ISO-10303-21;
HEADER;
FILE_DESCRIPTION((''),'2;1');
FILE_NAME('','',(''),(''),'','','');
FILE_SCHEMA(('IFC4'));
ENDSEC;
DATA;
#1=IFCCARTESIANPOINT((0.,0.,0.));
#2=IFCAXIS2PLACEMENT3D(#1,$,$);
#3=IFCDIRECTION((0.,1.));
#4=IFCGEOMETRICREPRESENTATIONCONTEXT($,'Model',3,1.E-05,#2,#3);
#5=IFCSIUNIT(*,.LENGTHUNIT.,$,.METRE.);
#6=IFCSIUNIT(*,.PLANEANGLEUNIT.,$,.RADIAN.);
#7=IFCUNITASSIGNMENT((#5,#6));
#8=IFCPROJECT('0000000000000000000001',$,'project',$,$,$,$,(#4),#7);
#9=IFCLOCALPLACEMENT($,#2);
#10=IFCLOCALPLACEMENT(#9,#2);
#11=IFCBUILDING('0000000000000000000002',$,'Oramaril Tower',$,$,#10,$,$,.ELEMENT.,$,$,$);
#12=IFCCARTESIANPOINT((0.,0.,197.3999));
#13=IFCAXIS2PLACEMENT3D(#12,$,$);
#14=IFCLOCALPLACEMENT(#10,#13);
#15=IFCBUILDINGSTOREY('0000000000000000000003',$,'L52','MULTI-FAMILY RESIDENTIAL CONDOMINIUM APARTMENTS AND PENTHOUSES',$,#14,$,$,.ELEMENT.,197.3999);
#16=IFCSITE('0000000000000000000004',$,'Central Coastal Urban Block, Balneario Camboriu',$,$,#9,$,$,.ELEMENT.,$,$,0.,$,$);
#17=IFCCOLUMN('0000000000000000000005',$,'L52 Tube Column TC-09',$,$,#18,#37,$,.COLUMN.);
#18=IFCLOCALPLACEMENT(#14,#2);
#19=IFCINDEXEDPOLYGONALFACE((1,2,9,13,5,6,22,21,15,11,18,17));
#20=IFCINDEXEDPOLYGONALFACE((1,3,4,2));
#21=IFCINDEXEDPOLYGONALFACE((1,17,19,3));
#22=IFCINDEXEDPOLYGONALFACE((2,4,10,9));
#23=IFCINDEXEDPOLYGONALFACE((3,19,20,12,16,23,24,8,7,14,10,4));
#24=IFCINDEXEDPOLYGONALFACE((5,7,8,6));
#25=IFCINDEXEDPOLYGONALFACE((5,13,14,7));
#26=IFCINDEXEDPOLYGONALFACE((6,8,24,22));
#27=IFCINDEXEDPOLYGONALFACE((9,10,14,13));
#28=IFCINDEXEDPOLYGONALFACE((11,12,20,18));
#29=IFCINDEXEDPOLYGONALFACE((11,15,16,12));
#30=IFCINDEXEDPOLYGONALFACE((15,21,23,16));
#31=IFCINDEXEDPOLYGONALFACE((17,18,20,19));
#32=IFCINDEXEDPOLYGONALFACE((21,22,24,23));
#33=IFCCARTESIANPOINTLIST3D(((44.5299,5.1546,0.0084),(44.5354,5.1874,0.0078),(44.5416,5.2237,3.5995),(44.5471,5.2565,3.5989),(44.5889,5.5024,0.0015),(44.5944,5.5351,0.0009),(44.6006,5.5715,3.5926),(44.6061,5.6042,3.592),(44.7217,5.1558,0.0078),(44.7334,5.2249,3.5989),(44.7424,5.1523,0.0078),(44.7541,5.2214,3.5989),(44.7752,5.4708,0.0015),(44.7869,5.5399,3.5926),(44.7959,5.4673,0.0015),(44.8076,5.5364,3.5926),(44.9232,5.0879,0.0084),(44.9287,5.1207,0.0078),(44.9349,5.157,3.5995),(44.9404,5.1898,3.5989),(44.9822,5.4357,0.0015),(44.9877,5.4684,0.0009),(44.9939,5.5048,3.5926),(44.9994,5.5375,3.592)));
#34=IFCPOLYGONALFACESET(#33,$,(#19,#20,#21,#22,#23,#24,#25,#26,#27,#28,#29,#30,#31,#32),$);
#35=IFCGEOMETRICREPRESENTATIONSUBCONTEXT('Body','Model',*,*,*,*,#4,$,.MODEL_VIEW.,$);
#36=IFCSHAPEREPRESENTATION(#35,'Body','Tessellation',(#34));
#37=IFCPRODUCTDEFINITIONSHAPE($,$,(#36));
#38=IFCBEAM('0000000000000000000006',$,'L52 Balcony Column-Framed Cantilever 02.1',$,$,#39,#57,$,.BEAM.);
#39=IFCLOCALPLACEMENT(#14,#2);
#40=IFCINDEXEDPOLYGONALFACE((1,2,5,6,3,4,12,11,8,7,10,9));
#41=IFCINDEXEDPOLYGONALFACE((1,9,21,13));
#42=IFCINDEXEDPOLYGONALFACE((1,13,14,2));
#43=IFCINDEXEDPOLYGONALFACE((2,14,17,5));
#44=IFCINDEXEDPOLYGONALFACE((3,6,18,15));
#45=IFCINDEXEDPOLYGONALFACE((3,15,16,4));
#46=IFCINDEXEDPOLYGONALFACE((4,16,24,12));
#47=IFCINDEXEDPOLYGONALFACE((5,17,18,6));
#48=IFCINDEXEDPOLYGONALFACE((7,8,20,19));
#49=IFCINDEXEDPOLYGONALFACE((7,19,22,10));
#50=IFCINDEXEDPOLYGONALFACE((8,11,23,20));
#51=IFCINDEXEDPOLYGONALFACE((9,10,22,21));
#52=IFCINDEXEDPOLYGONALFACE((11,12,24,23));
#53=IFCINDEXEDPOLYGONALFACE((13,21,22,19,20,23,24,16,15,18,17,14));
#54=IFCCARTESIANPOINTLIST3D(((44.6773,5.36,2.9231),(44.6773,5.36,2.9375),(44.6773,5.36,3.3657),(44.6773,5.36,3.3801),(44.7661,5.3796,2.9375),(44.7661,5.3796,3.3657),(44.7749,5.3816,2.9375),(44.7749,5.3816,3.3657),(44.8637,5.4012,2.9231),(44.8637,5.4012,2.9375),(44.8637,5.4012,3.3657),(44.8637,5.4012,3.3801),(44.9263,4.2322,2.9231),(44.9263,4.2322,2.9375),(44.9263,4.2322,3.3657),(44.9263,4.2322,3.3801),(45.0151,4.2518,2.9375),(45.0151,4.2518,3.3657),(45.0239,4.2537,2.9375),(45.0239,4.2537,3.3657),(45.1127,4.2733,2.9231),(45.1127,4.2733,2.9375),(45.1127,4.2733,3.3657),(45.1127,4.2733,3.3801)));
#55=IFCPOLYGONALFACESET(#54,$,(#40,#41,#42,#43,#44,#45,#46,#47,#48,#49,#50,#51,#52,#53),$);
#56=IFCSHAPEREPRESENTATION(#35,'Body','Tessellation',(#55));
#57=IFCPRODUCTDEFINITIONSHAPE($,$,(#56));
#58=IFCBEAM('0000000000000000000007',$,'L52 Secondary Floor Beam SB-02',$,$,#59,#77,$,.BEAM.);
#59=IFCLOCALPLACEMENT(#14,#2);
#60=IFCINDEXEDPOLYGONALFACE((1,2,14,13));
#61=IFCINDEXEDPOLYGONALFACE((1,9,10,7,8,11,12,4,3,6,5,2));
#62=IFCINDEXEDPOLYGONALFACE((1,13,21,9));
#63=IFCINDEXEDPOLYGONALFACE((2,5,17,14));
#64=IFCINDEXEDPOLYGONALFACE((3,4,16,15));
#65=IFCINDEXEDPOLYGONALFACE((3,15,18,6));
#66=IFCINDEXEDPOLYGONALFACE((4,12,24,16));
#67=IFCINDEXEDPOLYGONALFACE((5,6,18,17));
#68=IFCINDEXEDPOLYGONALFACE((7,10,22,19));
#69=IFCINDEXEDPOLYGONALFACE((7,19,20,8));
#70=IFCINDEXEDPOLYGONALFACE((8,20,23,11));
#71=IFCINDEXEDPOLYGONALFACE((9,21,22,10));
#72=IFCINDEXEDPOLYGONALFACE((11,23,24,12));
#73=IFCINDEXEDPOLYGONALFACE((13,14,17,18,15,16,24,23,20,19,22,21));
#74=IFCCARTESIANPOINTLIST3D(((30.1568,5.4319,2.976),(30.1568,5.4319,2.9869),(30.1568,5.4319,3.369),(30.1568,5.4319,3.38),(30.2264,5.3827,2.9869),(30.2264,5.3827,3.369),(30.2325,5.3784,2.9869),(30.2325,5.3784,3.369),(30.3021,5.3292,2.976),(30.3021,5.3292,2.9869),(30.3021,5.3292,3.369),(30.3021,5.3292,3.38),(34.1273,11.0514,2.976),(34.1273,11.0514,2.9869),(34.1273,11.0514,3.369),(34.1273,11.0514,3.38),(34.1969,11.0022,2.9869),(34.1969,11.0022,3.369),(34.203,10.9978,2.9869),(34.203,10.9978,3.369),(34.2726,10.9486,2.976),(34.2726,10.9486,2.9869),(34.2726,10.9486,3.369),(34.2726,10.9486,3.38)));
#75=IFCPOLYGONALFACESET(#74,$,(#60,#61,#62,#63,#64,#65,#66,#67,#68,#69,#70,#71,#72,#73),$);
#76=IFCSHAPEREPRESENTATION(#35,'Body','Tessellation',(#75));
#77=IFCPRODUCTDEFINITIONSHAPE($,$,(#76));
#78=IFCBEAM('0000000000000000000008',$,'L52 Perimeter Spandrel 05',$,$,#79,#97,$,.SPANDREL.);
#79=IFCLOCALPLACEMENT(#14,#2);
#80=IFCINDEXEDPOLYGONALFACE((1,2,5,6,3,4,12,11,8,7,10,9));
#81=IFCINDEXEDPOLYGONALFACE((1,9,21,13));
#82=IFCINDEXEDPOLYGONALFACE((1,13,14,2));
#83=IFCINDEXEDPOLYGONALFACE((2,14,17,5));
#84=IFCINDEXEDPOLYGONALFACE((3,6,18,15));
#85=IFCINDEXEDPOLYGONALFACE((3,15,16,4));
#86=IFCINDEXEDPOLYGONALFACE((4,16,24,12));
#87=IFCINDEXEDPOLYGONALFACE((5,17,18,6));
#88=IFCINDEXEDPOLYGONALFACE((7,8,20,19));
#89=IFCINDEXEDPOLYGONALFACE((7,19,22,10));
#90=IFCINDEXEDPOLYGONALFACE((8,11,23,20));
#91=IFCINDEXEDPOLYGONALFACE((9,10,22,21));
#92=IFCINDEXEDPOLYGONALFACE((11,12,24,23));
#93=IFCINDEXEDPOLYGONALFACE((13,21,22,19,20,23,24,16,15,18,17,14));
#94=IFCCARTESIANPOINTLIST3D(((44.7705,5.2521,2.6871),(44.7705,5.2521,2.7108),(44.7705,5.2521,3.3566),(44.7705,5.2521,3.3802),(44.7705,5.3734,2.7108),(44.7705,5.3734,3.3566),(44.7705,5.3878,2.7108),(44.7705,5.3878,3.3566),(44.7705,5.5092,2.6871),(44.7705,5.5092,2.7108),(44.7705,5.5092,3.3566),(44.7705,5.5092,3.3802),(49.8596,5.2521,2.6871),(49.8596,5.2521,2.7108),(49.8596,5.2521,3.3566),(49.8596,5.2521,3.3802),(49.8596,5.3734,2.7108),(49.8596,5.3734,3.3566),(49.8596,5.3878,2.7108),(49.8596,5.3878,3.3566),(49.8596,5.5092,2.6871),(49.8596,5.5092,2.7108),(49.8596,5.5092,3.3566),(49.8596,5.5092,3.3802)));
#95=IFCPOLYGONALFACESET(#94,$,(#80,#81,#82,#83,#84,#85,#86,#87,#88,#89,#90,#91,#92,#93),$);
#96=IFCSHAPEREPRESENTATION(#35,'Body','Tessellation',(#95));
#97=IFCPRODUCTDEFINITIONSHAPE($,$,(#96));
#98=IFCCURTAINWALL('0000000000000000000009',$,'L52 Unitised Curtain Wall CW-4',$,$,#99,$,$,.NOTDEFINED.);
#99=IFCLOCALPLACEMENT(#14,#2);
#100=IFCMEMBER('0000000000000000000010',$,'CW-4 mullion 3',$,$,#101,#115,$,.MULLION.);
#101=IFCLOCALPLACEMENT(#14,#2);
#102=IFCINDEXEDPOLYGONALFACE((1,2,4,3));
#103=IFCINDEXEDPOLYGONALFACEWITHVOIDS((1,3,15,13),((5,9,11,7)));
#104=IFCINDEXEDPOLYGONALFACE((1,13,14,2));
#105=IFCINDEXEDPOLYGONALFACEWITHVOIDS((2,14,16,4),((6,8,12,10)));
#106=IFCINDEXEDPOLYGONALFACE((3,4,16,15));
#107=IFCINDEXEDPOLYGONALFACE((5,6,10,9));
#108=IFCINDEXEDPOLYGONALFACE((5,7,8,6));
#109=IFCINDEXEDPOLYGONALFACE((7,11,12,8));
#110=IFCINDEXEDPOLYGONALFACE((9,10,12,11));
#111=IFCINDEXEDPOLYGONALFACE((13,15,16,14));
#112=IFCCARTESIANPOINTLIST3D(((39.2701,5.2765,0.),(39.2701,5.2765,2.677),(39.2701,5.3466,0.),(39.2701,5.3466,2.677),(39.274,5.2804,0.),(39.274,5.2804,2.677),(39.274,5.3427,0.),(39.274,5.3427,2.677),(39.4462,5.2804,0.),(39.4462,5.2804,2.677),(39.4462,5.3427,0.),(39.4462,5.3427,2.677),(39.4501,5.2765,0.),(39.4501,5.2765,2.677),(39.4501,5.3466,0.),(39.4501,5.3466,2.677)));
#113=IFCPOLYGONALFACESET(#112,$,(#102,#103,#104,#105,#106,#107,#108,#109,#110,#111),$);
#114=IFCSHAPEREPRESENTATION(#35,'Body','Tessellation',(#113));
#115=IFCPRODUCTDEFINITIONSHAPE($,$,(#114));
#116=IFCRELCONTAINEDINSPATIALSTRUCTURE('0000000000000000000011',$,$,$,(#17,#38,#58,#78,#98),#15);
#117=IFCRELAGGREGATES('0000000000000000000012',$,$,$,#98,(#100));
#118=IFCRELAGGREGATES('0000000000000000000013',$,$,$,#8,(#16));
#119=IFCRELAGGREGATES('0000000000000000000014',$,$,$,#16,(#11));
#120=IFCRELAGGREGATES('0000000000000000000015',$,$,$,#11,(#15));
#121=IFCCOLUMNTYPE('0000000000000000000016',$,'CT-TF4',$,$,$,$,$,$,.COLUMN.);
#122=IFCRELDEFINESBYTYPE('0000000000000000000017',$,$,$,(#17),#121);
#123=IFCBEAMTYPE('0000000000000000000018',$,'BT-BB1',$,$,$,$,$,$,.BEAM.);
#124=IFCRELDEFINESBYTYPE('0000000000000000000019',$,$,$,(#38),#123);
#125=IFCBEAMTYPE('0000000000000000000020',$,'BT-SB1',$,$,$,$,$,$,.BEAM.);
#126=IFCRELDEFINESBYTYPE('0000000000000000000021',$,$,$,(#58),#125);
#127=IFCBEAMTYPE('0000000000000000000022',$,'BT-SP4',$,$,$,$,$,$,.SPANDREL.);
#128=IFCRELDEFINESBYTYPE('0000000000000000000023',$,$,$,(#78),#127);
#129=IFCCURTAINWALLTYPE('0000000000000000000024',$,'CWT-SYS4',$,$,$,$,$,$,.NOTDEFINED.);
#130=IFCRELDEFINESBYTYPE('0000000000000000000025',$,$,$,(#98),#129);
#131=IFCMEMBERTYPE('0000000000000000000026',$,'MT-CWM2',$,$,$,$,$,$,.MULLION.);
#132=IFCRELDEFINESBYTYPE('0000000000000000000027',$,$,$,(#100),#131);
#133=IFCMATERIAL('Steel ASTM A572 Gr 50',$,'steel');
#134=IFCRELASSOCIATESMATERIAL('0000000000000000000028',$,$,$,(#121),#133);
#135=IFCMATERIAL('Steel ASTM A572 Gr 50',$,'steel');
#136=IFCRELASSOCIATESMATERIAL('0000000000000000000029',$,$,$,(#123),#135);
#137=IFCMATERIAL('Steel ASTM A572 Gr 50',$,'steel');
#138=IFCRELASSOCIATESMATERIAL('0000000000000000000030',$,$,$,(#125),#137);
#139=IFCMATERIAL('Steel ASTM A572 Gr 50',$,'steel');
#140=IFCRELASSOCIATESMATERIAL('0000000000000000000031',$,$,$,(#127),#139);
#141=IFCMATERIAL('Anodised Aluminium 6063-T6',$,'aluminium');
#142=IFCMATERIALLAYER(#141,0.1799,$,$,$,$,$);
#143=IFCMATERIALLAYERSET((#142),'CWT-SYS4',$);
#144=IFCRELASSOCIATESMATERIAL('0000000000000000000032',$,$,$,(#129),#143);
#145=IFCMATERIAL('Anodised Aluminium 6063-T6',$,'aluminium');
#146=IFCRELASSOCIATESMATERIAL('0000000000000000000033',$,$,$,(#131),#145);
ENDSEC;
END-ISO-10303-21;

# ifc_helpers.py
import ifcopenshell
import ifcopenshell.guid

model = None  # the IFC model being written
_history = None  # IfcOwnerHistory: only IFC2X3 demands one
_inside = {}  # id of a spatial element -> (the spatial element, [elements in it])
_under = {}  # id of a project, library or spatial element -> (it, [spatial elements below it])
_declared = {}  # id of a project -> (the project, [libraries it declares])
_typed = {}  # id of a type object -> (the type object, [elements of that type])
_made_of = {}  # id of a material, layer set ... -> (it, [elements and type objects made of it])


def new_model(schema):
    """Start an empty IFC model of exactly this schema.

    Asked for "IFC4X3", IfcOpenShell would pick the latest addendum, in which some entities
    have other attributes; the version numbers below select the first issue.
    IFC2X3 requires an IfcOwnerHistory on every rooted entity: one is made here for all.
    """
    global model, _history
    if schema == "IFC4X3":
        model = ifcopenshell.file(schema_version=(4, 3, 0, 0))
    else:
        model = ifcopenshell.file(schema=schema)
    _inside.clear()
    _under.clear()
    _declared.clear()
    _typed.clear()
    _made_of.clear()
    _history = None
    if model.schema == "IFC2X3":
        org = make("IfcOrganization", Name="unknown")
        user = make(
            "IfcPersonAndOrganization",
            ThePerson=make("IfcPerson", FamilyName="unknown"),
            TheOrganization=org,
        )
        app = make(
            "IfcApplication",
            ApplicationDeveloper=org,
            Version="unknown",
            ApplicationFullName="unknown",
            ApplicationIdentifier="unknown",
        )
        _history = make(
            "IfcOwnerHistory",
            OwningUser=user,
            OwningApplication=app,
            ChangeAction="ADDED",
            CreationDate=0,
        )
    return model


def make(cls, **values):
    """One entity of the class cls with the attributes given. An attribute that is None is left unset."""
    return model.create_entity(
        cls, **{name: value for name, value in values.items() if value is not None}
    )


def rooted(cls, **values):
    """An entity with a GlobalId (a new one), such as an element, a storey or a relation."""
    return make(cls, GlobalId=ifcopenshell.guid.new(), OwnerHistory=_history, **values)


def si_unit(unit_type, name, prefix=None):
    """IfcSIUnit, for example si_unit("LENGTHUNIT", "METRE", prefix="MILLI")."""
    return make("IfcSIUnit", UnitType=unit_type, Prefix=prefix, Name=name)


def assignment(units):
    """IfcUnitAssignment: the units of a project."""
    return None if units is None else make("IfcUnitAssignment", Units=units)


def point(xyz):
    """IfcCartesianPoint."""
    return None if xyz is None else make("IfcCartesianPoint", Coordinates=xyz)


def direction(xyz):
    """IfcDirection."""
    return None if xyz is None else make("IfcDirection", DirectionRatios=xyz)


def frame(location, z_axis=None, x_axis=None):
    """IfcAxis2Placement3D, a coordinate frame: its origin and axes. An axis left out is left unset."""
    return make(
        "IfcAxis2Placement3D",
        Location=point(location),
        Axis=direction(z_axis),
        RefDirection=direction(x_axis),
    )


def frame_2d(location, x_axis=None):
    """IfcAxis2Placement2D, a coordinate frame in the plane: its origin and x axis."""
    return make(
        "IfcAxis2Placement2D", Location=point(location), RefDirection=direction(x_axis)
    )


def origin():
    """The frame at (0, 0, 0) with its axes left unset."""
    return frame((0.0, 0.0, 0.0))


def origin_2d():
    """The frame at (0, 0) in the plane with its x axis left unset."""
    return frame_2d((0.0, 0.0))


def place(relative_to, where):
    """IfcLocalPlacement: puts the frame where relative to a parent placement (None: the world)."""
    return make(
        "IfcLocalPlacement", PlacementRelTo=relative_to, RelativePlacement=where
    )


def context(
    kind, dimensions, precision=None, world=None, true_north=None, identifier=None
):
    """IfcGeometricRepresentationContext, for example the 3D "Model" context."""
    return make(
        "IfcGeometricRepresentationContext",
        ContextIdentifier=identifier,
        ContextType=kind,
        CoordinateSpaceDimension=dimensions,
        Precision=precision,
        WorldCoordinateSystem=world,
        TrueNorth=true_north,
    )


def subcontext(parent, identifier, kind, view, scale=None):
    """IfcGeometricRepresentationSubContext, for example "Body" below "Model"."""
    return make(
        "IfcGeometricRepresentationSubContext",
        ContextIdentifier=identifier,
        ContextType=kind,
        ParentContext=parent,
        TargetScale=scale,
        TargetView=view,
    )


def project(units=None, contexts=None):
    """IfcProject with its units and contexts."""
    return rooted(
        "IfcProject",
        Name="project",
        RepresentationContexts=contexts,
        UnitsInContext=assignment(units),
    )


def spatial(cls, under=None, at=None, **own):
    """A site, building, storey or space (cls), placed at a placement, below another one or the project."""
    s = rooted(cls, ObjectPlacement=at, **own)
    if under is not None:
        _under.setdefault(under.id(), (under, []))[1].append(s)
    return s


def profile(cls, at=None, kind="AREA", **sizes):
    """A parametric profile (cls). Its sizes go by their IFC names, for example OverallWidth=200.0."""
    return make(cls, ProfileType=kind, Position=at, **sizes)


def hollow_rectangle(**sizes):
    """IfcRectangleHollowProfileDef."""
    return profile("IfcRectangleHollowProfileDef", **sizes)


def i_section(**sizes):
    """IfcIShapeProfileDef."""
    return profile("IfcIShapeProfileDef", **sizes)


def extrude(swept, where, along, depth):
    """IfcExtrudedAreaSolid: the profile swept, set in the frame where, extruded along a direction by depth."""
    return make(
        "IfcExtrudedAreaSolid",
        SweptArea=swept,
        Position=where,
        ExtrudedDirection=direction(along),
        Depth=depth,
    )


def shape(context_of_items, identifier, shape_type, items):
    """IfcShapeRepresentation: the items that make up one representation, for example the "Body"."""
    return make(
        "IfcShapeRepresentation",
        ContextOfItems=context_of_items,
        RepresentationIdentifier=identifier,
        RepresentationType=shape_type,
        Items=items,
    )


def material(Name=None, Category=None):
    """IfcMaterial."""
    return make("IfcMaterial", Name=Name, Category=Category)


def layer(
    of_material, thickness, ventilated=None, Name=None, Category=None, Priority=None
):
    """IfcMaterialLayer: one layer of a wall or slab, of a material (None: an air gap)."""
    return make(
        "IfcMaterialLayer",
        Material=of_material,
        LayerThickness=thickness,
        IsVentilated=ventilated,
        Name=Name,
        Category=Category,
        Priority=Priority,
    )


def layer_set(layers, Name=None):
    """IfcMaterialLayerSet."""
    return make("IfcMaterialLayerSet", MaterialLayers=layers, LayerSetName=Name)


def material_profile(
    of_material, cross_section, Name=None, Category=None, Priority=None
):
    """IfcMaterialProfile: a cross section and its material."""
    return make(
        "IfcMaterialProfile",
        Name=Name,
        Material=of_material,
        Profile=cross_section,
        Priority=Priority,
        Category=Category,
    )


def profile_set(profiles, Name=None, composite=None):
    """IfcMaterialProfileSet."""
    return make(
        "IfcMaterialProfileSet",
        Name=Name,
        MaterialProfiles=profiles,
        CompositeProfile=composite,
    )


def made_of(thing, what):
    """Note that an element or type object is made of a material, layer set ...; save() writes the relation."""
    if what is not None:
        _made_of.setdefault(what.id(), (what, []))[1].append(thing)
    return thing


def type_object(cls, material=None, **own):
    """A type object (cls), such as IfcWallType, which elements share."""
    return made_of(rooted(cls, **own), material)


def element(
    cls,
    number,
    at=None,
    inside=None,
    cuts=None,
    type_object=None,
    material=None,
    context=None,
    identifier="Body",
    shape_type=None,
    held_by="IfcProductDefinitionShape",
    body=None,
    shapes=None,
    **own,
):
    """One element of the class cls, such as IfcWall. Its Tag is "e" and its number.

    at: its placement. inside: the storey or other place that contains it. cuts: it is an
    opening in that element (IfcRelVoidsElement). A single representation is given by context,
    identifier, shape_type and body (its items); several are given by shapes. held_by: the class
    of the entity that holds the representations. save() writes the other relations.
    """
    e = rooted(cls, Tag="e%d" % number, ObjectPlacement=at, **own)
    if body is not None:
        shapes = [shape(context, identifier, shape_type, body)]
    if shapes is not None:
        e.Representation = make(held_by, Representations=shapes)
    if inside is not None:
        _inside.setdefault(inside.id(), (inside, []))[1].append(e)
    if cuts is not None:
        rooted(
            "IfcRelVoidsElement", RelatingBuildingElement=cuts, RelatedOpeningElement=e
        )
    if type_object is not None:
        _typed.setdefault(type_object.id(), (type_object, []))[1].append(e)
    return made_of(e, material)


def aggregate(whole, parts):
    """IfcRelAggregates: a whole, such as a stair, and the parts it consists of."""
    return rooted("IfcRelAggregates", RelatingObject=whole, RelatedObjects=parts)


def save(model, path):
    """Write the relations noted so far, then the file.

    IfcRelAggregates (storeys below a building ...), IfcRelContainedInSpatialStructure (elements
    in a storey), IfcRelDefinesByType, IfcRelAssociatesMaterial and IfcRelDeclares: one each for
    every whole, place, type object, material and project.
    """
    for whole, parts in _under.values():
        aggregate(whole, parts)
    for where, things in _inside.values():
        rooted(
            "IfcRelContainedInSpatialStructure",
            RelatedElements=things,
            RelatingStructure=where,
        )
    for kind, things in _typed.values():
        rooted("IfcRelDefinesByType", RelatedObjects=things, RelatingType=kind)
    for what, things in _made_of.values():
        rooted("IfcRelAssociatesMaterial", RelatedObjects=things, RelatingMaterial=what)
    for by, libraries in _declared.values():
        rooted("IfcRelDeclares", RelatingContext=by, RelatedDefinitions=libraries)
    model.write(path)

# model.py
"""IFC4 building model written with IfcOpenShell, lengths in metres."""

from ifc_helpers import new_model, si_unit, direction, frame, origin, origin_2d, place, context, subcontext, project, spatial, hollow_rectangle, i_section, extrude, material, layer, layer_set, material_profile, profile_set, type_object, element, aggregate, save


model = new_model("IFC4")

# Units and contexts
model_context = context("Model", 3, precision=1e-05, world=origin(), true_north=direction((0.0, 1.0)))
body_context = subcontext(model_context, "Body", "Model", "MODEL_VIEW")
ifc_project = project(units=[si_unit("LENGTHUNIT", "METRE"), si_unit("PLANEANGLEUNIT", "RADIAN")], contexts=[model_context])

# Site, building, storey
site_placement = place(None, origin())
site = spatial("IfcSite", under=ifc_project, at=site_placement, Name="Central Coastal Urban Block, Balneario Camboriu", CompositionType="ELEMENT", RefElevation=0.0)
building_placement = place(site_placement, origin())
building = spatial("IfcBuilding", under=site, at=building_placement, Name="Oramaril Tower", CompositionType="ELEMENT")
storey_placement = place(building_placement, frame((0.0, 0.0, 197.3999)))
storey = spatial("IfcBuildingStorey", under=building, at=storey_placement, Name="L52", Description="MULTI-FAMILY RESIDENTIAL CONDOMINIUM APARTMENTS AND PENTHOUSES", CompositionType="ELEMENT", Elevation=197.3999)

# Column
ifc_material_1 = material(Name="Steel ASTM A572 Gr 50", Category="steel")
ifc_material_profile_1 = material_profile(ifc_material_1, i_section(OverallWidth=0.3989, OverallDepth=0.386, WebThickness=0.021, FlangeThickness=0.0332, at=origin_2d()), Name="W14X176")
ifc_profile_set_1 = profile_set([ifc_material_profile_1], Name="Steel ASTM A572 Gr 50")
column_type = type_object("IfcColumnType", Name="CT-TF4", PredefinedType="COLUMN", material=ifc_profile_set_1)
column_placement = place(storey_placement, frame((44.7588, 5.3115, 0.0046), z_axis=(0.003263, 0.019236, 0.99981), x_axis=(-0.985919, 0.167223, 0.0)))
element("IfcColumn", 1, at=column_placement, inside=storey, type_object=column_type, Name="L52 Tube Column TC-09", PredefinedType="COLUMN", context=body_context, shape_type="SweptSolid", body=[
    extrude(i_section(OverallWidth=0.3989, OverallDepth=0.386, WebThickness=0.021, FlangeThickness=0.0332, at=origin_2d()), origin(), (0.0, 0.0, 1.0), 3.5918),
])

# Beams
ifc_material_2 = material(Name="Steel ASTM A572 Gr 50", Category="steel")
ifc_material_profile_2 = material_profile(ifc_material_2, i_section(OverallWidth=0.1909, OverallDepth=0.457, WebThickness=0.009, FlangeThickness=0.0144, at=origin_2d()), Name="W18X50")
ifc_profile_set_2 = profile_set([ifc_material_profile_2], Name="Steel ASTM A572 Gr 50")
beam_type_1 = type_object("IfcBeamType", Name="BT-BB1", PredefinedType="BEAM", material=ifc_profile_set_2)
beam_1_placement = place(storey_placement, frame((44.7705, 5.3806, 3.1516), z_axis=(0.215587, -0.976485, 0.0), x_axis=(0.976485, 0.215587, 0.0)))
element("IfcBeam", 2, at=beam_1_placement, inside=storey, type_object=beam_type_1, Name="L52 Balcony Column-Framed Cantilever 02.1", PredefinedType="BEAM", context=body_context, shape_type="SweptSolid", body=[
    extrude(i_section(OverallWidth=0.1909, OverallDepth=0.457, WebThickness=0.009, FlangeThickness=0.0144, at=origin_2d()), origin(), (0.0, 0.0, 1.0), 1.155),
])
ifc_material_3 = material(Name="Steel ASTM A572 Gr 50", Category="steel")
ifc_material_profile_3 = material_profile(ifc_material_3, i_section(OverallWidth=0.178, OverallDepth=0.4041, WebThickness=0.0076, FlangeThickness=0.011, at=origin_2d()), Name="W16X36")
ifc_profile_set_3 = profile_set([ifc_material_profile_3], Name="Steel ASTM A572 Gr 50")
beam_type_2 = type_object("IfcBeamType", Name="BT-SB1", PredefinedType="BEAM", material=ifc_profile_set_3)
beam_2_placement = place(storey_placement, frame((34.2, 11.0, 3.178), z_axis=(-0.577055, -0.816705, 0.0), x_axis=(0.816705, -0.577055, 0.0)))
element("IfcBeam", 3, at=beam_2_placement, inside=storey, type_object=beam_type_2, Name="L52 Secondary Floor Beam SB-02", PredefinedType="BEAM", context=body_context, shape_type="SweptSolid", body=[
    extrude(i_section(OverallWidth=0.178, OverallDepth=0.4041, WebThickness=0.0076, FlangeThickness=0.011, at=origin_2d()), origin(), (0.0, 0.0, 1.0), 6.8806),
])
ifc_material_4 = material(Name="Steel ASTM A572 Gr 50", Category="steel")
ifc_material_profile_4 = material_profile(ifc_material_4, i_section(OverallWidth=0.2571, OverallDepth=0.6931, WebThickness=0.0144, FlangeThickness=0.0237, at=origin_2d()), Name="W27X114")
ifc_profile_set_4 = profile_set([ifc_material_profile_4], Name="Steel ASTM A572 Gr 50")
beam_type_3 = type_object("IfcBeamType", Name="BT-SP4", PredefinedType="SPANDREL", material=ifc_profile_set_4)
beam_3_placement = place(storey_placement, frame((44.7705, 5.3806, 3.0337), z_axis=(1.0, 0.0, 0.0), x_axis=(0.0, 1.0, 0.0)))
element("IfcBeam", 4, at=beam_3_placement, inside=storey, type_object=beam_type_3, Name="L52 Perimeter Spandrel 05", PredefinedType="SPANDREL", context=body_context, shape_type="SweptSolid", body=[
    extrude(i_section(OverallWidth=0.2571, OverallDepth=0.6931, WebThickness=0.0144, FlangeThickness=0.0237, at=origin_2d()), origin(), (0.0, 0.0, 1.0), 5.0891),
])

# Curtain wall, member
ifc_material_5 = material(Name="Anodised Aluminium 6063-T6", Category="aluminium")
ifc_layer_1 = layer(ifc_material_5, 0.1799)
ifc_layer_set_1 = layer_set([ifc_layer_1], Name="CWT-SYS4")
curtain_wall_type = type_object("IfcCurtainWallType", Name="CWT-SYS4", PredefinedType="NOTDEFINED", material=ifc_layer_set_1)
curtain_wall_placement = place(storey_placement, origin())
curtain_wall = element("IfcCurtainWall", 5, at=curtain_wall_placement, inside=storey, type_object=curtain_wall_type, Name="L52 Unitised Curtain Wall CW-4", PredefinedType="NOTDEFINED")
ifc_material_6 = material(Name="Anodised Aluminium 6063-T6", Category="aluminium")
ifc_material_profile_5 = material_profile(ifc_material_6, hollow_rectangle(XDim=0.0701, YDim=0.1799, WallThickness=0.0039, at=origin_2d()), Name="CWM180X70")
ifc_profile_set_5 = profile_set([ifc_material_profile_5], Name="Anodised Aluminium 6063-T6")
member_type = type_object("IfcMemberType", Name="MT-CWM2", PredefinedType="MULLION", material=ifc_profile_set_5)
member_placement = place(storey_placement, frame((39.3601, 5.3115, 0.0), z_axis=(0.0, 0.0, 1.0), x_axis=(0.0, 1.0, 0.0)))
member = element("IfcMember", 6, at=member_placement, type_object=member_type, Name="CW-4 mullion 3", PredefinedType="MULLION", context=body_context, shape_type="SweptSolid", body=[
    extrude(hollow_rectangle(XDim=0.0701, YDim=0.1799, WallThickness=0.0039, at=origin_2d()), origin(), (0.0, 0.0, 1.0), 2.677),
])
aggregate(curtain_wall, [member])

save(model, "model.ifc")
